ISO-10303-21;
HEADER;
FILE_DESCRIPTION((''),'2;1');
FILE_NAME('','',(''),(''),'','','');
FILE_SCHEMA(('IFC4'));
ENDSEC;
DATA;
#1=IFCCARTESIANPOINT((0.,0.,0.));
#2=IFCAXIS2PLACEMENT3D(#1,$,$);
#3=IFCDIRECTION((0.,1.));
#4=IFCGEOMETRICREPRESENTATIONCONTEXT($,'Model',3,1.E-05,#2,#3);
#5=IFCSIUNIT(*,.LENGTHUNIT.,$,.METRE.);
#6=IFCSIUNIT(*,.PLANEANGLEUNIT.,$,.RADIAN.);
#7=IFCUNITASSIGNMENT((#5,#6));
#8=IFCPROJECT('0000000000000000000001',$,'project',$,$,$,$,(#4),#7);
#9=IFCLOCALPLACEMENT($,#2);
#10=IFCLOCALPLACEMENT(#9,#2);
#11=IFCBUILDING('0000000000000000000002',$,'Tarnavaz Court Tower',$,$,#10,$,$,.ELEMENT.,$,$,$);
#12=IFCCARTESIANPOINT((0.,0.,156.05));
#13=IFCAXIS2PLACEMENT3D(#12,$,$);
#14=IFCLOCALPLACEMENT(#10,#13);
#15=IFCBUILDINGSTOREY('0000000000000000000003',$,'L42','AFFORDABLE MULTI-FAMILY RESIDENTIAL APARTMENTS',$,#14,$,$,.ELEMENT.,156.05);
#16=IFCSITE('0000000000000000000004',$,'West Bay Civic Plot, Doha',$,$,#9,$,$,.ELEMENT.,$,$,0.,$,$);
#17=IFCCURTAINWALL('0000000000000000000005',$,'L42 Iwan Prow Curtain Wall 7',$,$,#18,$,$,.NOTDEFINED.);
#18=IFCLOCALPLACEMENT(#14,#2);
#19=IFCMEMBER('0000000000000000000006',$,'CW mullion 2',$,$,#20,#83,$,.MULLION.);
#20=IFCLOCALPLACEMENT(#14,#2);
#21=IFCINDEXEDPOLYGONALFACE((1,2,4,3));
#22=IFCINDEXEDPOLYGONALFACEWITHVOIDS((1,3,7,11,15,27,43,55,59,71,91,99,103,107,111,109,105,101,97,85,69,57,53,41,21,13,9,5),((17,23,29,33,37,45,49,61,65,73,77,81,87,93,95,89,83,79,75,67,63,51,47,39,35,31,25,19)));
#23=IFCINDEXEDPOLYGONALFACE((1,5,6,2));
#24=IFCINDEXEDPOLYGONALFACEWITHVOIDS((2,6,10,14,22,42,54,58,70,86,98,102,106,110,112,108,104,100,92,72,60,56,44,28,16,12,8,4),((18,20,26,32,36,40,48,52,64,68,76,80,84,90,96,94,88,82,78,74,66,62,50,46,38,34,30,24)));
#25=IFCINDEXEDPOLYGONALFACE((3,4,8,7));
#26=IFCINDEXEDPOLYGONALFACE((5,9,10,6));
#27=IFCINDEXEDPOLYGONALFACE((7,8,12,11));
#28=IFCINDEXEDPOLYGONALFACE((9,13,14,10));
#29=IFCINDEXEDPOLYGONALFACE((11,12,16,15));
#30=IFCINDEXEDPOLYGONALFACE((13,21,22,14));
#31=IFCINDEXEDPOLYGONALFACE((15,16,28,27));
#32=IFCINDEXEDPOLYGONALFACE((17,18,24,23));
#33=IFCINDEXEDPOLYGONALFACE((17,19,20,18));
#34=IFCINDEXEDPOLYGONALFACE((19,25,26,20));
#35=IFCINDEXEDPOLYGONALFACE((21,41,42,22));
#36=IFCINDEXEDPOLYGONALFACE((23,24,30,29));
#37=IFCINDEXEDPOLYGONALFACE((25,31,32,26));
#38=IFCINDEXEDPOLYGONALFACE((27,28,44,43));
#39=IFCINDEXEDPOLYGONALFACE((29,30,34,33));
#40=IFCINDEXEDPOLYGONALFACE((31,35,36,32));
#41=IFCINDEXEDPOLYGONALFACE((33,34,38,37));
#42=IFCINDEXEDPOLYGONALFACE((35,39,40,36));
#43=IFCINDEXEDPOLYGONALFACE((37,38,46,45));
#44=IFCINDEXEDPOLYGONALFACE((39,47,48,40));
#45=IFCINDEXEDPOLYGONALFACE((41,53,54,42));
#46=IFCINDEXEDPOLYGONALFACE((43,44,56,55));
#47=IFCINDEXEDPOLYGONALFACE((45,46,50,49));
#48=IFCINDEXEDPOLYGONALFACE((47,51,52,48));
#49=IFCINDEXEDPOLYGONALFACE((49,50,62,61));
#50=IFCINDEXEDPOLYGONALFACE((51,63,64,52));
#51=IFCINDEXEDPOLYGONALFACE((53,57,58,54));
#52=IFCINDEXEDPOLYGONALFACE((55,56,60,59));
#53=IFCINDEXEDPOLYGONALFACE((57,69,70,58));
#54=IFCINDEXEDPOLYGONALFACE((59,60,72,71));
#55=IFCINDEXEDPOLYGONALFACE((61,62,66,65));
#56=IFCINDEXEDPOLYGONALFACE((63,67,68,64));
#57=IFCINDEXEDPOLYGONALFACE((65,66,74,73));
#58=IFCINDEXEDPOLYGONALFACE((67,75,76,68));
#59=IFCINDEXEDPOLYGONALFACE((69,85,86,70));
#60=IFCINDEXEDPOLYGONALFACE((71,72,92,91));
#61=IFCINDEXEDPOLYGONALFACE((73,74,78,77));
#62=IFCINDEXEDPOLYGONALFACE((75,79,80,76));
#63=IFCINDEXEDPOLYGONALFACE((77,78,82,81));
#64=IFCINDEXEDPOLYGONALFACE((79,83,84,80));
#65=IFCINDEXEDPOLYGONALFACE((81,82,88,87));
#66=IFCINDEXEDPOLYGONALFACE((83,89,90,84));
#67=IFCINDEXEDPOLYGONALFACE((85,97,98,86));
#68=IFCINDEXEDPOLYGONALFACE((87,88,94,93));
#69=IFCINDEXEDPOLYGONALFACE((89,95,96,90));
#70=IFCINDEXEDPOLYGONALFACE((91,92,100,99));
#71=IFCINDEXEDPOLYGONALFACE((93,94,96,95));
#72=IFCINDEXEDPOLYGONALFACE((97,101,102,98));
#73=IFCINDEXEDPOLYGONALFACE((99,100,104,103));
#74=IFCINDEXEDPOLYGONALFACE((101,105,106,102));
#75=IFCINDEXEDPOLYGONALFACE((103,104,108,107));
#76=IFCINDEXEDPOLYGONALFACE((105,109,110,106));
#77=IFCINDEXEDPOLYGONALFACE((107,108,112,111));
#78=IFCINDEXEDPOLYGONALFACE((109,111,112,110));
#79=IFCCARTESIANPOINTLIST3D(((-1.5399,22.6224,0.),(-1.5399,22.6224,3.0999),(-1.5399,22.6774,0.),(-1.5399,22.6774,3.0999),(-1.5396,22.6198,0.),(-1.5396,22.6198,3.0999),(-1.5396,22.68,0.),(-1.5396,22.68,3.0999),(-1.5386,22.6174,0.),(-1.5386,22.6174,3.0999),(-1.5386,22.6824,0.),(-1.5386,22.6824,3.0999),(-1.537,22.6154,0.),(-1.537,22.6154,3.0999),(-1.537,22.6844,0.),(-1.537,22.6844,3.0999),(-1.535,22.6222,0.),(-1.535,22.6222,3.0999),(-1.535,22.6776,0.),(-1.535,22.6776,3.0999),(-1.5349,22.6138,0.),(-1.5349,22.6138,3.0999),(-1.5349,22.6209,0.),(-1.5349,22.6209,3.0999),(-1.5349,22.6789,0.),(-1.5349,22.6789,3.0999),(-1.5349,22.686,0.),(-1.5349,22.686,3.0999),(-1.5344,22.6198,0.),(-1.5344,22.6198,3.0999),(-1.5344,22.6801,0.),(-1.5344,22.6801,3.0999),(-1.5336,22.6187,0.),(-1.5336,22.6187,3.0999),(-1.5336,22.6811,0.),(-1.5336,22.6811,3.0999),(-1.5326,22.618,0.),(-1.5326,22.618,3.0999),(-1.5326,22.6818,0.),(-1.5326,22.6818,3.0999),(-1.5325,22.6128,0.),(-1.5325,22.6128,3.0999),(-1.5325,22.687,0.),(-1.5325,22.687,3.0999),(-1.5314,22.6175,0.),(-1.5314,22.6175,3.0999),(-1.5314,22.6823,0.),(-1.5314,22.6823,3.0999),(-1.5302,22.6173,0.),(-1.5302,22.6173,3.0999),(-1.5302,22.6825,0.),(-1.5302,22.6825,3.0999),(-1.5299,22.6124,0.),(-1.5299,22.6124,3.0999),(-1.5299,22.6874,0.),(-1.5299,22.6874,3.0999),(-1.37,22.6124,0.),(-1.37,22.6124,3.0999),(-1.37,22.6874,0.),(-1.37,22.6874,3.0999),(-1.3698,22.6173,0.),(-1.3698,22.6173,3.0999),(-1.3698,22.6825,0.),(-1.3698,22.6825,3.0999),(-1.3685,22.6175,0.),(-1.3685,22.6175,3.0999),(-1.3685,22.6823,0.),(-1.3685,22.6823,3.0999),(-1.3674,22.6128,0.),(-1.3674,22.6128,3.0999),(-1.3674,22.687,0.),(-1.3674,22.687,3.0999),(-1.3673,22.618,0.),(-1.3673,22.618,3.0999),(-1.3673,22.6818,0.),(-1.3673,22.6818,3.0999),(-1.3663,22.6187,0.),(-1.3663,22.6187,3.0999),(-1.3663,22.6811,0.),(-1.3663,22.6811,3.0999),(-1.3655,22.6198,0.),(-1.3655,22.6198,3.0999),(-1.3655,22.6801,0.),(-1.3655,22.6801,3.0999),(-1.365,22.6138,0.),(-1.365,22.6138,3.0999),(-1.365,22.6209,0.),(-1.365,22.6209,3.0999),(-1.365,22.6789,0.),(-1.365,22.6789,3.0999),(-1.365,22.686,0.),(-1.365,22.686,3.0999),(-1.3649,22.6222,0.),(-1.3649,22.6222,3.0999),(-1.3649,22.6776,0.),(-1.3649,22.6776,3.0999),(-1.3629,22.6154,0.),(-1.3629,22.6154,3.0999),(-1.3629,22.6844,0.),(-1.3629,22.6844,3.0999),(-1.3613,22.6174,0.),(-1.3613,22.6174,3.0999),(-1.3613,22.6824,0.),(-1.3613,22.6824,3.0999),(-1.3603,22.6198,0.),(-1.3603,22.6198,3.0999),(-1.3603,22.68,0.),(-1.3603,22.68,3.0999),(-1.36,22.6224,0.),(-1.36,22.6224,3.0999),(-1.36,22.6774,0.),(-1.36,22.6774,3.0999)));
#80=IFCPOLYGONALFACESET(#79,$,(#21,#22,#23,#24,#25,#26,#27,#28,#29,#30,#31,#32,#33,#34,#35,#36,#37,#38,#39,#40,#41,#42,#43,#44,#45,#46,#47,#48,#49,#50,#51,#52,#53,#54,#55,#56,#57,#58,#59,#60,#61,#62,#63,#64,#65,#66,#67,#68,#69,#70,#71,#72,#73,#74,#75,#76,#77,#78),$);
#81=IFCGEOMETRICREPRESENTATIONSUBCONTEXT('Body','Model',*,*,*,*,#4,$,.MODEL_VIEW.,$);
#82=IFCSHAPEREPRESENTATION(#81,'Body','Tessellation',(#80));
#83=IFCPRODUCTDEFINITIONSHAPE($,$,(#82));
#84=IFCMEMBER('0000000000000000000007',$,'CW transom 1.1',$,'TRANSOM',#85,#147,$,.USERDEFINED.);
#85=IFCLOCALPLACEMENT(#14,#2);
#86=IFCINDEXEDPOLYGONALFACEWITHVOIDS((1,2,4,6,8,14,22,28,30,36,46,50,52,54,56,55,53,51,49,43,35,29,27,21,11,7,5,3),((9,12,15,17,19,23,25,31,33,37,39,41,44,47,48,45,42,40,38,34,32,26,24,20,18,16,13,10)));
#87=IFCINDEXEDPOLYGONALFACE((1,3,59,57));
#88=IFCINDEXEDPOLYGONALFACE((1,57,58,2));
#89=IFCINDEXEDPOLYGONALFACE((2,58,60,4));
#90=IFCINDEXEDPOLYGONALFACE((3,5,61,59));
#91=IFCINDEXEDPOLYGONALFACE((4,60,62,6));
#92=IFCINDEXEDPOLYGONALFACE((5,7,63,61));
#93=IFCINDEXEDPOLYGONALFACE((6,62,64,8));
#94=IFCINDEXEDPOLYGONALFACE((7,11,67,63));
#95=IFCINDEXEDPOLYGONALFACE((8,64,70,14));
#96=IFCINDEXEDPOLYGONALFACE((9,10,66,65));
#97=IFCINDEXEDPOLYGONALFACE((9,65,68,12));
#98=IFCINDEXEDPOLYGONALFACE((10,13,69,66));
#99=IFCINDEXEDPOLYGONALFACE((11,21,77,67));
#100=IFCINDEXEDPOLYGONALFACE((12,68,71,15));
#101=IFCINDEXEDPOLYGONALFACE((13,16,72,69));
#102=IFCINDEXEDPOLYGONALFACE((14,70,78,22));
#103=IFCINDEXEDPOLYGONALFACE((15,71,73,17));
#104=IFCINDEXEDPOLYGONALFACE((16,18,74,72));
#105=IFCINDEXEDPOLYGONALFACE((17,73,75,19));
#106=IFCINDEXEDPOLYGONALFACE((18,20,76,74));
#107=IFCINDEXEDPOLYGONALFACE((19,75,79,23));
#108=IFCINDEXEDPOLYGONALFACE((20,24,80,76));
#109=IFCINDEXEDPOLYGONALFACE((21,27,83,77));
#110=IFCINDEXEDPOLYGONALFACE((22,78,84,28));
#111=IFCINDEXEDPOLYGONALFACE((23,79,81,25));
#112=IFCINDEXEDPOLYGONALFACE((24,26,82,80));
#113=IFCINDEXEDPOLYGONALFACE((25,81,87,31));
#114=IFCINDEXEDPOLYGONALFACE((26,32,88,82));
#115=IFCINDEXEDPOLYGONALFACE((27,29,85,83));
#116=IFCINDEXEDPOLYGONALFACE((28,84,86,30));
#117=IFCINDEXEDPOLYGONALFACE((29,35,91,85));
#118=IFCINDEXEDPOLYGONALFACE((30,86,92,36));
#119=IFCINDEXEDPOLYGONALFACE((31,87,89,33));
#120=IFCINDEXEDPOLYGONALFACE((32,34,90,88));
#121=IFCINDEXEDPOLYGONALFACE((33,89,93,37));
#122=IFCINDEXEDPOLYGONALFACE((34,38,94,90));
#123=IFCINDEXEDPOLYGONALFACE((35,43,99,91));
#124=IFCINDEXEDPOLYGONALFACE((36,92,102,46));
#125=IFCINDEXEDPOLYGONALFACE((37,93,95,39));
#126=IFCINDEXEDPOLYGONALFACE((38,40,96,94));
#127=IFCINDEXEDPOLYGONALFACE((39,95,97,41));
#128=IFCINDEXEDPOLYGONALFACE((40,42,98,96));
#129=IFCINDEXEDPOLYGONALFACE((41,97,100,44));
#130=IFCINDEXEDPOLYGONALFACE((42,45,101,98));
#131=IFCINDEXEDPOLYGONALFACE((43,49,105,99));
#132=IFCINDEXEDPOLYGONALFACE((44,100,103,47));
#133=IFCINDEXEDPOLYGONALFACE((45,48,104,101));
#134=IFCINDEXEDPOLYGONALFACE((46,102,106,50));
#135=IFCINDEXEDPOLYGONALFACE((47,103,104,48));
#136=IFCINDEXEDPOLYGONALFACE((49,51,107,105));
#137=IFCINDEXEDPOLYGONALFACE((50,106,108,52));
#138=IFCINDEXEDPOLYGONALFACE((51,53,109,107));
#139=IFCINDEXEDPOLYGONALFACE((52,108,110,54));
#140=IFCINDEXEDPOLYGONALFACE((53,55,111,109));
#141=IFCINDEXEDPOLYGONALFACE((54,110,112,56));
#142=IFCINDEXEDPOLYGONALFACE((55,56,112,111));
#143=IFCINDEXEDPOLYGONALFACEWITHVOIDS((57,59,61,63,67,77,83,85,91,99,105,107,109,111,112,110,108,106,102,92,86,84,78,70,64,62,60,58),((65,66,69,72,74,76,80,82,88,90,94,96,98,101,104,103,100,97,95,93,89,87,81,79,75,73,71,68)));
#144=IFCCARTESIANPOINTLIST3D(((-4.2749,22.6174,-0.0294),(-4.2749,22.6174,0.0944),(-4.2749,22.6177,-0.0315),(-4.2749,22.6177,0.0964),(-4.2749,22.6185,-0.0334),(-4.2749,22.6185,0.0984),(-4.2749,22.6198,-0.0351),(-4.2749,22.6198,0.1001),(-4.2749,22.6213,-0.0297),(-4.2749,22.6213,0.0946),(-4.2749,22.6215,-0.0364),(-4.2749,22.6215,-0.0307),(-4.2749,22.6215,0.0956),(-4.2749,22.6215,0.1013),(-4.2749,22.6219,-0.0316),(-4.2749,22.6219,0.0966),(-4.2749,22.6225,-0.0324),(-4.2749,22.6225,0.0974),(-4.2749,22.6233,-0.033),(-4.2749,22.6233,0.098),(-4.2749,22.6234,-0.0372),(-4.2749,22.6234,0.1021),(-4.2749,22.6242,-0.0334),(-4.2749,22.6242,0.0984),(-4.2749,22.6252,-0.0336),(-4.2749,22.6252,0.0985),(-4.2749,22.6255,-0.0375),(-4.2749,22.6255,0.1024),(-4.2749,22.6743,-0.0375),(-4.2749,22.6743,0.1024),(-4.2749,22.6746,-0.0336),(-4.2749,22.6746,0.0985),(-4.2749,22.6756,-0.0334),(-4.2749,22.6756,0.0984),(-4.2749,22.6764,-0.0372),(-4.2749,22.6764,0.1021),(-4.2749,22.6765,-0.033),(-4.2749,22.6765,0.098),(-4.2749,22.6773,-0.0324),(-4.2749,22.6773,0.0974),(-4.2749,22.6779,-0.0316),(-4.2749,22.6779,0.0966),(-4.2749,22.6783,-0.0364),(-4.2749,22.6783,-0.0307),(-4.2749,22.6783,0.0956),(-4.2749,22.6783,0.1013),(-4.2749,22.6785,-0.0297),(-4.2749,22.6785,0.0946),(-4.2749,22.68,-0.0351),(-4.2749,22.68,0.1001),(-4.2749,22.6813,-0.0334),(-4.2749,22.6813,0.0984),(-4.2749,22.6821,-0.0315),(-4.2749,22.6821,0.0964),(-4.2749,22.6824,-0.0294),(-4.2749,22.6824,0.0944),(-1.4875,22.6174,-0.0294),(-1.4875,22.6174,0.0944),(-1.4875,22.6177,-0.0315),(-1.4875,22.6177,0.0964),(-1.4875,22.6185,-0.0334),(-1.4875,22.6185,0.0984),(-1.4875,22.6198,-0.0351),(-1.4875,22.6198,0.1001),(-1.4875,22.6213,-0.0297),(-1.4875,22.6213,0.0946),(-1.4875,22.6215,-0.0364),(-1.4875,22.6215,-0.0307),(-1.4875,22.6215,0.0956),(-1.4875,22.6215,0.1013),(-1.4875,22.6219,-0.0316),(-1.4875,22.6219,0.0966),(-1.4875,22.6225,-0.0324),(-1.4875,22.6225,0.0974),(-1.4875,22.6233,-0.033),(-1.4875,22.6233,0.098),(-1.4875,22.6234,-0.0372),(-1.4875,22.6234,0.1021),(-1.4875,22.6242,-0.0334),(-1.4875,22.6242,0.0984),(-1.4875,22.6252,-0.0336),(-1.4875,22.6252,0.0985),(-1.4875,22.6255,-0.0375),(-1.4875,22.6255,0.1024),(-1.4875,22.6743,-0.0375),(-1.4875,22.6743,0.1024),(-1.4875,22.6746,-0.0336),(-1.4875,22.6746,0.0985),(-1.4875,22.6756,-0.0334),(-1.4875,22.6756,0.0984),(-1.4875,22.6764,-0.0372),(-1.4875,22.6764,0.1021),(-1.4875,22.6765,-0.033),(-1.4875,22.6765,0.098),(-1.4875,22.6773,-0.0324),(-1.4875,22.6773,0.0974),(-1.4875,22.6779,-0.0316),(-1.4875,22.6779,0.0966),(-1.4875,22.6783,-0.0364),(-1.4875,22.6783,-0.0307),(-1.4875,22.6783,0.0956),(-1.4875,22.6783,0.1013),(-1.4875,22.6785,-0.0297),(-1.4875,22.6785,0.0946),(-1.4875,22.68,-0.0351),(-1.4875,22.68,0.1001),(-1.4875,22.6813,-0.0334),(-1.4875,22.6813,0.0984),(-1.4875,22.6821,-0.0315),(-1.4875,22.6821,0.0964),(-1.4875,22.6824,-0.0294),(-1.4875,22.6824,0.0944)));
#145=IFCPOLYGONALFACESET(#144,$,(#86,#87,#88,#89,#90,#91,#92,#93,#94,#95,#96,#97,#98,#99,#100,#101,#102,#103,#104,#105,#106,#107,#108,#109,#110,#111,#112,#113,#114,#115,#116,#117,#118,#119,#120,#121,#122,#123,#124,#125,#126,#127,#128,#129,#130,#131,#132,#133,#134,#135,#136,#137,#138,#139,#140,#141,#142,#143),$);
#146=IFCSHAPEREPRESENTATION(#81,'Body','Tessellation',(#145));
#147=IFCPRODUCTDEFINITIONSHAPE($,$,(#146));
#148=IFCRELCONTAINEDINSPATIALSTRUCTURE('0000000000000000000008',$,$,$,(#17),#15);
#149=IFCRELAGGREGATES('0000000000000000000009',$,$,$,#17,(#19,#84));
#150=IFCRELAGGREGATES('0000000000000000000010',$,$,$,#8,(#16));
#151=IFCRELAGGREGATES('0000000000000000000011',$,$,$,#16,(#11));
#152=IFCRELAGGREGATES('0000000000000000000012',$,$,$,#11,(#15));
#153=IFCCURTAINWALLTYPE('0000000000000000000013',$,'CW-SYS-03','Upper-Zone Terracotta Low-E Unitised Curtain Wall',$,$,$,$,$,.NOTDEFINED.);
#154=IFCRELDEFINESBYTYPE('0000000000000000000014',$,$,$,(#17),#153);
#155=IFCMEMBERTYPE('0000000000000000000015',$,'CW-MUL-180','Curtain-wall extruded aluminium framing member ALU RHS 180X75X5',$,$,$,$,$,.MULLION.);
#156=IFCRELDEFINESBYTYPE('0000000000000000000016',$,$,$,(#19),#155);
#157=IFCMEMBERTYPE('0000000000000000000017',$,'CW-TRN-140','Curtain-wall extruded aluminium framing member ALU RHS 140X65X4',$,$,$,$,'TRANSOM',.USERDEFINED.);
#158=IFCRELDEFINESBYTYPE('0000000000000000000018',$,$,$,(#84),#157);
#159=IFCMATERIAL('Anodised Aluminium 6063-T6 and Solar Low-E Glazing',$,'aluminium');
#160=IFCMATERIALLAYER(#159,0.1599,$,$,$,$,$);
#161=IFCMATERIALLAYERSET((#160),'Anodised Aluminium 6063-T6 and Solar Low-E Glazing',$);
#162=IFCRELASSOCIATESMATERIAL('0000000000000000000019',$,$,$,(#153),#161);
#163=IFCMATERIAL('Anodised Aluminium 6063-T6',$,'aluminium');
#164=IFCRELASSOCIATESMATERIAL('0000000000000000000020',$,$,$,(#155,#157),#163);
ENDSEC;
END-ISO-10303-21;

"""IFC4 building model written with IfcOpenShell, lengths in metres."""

from ifc_helpers import new_model, si_unit, direction, frame, origin, origin_2d, place, context, subcontext, project, spatial, hollow_rectangle, extrude, material, layer, layer_set, material_profile, profile_set, type_object, element, aggregate, save


model = new_model("IFC4")

# Units and contexts
model_context = context("Model", 3, precision=1e-05, world=origin(), true_north=direction((0.0, 1.0)))
body_context = subcontext(model_context, "Body", "Model", "MODEL_VIEW")
ifc_project = project(units=[si_unit("LENGTHUNIT", "METRE"), si_unit("PLANEANGLEUNIT", "RADIAN")], contexts=[model_context])

# Site, building, storey
site_placement = place(None, origin())
site = spatial("IfcSite", under=ifc_project, at=site_placement, Name="West Bay Civic Plot, Doha", CompositionType="ELEMENT", RefElevation=0.0)
building_placement = place(site_placement, origin())
building = spatial("IfcBuilding", under=site, at=building_placement, Name="Tarnavaz Court Tower", CompositionType="ELEMENT")
storey_placement = place(building_placement, frame((0.0, 0.0, 156.05)))
storey = spatial("IfcBuildingStorey", under=building, at=storey_placement, Name="L42", Description="AFFORDABLE MULTI-FAMILY RESIDENTIAL APARTMENTS", CompositionType="ELEMENT", Elevation=156.05)

# Curtain wall, members
ifc_material_1 = material(Name="Anodised Aluminium 6063-T6 and Solar Low-E Glazing", Category="aluminium")
ifc_layer_1 = layer(ifc_material_1, 0.1599)
ifc_layer_set_1 = layer_set([ifc_layer_1], Name="Anodised Aluminium 6063-T6 and Solar Low-E Glazing")
curtain_wall_type = type_object("IfcCurtainWallType", Name="CW-SYS-03", Description="Upper-Zone Terracotta Low-E Unitised Curtain Wall", PredefinedType="NOTDEFINED", material=ifc_layer_set_1)
curtain_wall_placement = place(storey_placement, origin())
curtain_wall = element("IfcCurtainWall", 1, at=curtain_wall_placement, inside=storey, type_object=curtain_wall_type, Name="L42 Iwan Prow Curtain Wall 7", PredefinedType="NOTDEFINED")
ifc_material_2 = material(Name="Anodised Aluminium 6063-T6", Category="aluminium")
ifc_material_profile_1 = material_profile(ifc_material_2, hollow_rectangle(XDim=0.075, YDim=0.1799, WallThickness=0.0049, InnerFilletRadius=0.0049, OuterFilletRadius=0.01, at=origin_2d()), Name="ALU RHS 180X75X5")
ifc_profile_set_1 = profile_set([ifc_material_profile_1], Name="Anodised Aluminium 6063-T6")
member_type_1 = type_object("IfcMemberType", Name="CW-MUL-180", Description="Curtain-wall extruded aluminium framing member ALU RHS 180X75X5", PredefinedType="MULLION", material=ifc_profile_set_1)
member_1_placement = place(storey_placement, frame((-1.45, 22.6499, 0.0), z_axis=(0.0, 0.0, 1.0), x_axis=(0.0, 1.0, 0.0)))
member_1 = element("IfcMember", 2, at=member_1_placement, type_object=member_type_1, Name="CW mullion 2", PredefinedType="MULLION", context=body_context, shape_type="SweptSolid", body=[
    extrude(hollow_rectangle(XDim=0.075, YDim=0.1799, WallThickness=0.0049, InnerFilletRadius=0.0049, OuterFilletRadius=0.01, at=origin_2d()), origin(), (0.0, 0.0, 1.0), 3.0999),
])
ifc_material_profile_2 = material_profile(ifc_material_2, hollow_rectangle(XDim=0.0649, YDim=0.1399, WallThickness=0.0039, InnerFilletRadius=0.0039, OuterFilletRadius=0.0081, at=origin_2d()), Name="ALU RHS 140X65X4")
ifc_profile_set_2 = profile_set([ifc_material_profile_2], Name="Anodised Aluminium 6063-T6")
member_type_2 = type_object("IfcMemberType", Name="CW-TRN-140", Description="Curtain-wall extruded aluminium framing member ALU RHS 140X65X4", ElementType="TRANSOM", PredefinedType="USERDEFINED", material=ifc_profile_set_2)
member_2_placement = place(storey_placement, frame((-4.2749, 22.6499, 0.0325), z_axis=(1.0, 0.0, 0.0), x_axis=(0.0, 1.0, 0.0)))
member_2 = element("IfcMember", 3, at=member_2_placement, type_object=member_type_2, Name="CW transom 1.1", ObjectType="TRANSOM", PredefinedType="USERDEFINED", context=body_context, shape_type="SweptSolid", body=[
    extrude(hollow_rectangle(XDim=0.0649, YDim=0.1399, WallThickness=0.0039, InnerFilletRadius=0.0039, OuterFilletRadius=0.0081, at=origin_2d()), origin(), (0.0, 0.0, 1.0), 2.7874),
])
aggregate(curtain_wall, [member_1, member_2])

save(model, "model.ifc")
